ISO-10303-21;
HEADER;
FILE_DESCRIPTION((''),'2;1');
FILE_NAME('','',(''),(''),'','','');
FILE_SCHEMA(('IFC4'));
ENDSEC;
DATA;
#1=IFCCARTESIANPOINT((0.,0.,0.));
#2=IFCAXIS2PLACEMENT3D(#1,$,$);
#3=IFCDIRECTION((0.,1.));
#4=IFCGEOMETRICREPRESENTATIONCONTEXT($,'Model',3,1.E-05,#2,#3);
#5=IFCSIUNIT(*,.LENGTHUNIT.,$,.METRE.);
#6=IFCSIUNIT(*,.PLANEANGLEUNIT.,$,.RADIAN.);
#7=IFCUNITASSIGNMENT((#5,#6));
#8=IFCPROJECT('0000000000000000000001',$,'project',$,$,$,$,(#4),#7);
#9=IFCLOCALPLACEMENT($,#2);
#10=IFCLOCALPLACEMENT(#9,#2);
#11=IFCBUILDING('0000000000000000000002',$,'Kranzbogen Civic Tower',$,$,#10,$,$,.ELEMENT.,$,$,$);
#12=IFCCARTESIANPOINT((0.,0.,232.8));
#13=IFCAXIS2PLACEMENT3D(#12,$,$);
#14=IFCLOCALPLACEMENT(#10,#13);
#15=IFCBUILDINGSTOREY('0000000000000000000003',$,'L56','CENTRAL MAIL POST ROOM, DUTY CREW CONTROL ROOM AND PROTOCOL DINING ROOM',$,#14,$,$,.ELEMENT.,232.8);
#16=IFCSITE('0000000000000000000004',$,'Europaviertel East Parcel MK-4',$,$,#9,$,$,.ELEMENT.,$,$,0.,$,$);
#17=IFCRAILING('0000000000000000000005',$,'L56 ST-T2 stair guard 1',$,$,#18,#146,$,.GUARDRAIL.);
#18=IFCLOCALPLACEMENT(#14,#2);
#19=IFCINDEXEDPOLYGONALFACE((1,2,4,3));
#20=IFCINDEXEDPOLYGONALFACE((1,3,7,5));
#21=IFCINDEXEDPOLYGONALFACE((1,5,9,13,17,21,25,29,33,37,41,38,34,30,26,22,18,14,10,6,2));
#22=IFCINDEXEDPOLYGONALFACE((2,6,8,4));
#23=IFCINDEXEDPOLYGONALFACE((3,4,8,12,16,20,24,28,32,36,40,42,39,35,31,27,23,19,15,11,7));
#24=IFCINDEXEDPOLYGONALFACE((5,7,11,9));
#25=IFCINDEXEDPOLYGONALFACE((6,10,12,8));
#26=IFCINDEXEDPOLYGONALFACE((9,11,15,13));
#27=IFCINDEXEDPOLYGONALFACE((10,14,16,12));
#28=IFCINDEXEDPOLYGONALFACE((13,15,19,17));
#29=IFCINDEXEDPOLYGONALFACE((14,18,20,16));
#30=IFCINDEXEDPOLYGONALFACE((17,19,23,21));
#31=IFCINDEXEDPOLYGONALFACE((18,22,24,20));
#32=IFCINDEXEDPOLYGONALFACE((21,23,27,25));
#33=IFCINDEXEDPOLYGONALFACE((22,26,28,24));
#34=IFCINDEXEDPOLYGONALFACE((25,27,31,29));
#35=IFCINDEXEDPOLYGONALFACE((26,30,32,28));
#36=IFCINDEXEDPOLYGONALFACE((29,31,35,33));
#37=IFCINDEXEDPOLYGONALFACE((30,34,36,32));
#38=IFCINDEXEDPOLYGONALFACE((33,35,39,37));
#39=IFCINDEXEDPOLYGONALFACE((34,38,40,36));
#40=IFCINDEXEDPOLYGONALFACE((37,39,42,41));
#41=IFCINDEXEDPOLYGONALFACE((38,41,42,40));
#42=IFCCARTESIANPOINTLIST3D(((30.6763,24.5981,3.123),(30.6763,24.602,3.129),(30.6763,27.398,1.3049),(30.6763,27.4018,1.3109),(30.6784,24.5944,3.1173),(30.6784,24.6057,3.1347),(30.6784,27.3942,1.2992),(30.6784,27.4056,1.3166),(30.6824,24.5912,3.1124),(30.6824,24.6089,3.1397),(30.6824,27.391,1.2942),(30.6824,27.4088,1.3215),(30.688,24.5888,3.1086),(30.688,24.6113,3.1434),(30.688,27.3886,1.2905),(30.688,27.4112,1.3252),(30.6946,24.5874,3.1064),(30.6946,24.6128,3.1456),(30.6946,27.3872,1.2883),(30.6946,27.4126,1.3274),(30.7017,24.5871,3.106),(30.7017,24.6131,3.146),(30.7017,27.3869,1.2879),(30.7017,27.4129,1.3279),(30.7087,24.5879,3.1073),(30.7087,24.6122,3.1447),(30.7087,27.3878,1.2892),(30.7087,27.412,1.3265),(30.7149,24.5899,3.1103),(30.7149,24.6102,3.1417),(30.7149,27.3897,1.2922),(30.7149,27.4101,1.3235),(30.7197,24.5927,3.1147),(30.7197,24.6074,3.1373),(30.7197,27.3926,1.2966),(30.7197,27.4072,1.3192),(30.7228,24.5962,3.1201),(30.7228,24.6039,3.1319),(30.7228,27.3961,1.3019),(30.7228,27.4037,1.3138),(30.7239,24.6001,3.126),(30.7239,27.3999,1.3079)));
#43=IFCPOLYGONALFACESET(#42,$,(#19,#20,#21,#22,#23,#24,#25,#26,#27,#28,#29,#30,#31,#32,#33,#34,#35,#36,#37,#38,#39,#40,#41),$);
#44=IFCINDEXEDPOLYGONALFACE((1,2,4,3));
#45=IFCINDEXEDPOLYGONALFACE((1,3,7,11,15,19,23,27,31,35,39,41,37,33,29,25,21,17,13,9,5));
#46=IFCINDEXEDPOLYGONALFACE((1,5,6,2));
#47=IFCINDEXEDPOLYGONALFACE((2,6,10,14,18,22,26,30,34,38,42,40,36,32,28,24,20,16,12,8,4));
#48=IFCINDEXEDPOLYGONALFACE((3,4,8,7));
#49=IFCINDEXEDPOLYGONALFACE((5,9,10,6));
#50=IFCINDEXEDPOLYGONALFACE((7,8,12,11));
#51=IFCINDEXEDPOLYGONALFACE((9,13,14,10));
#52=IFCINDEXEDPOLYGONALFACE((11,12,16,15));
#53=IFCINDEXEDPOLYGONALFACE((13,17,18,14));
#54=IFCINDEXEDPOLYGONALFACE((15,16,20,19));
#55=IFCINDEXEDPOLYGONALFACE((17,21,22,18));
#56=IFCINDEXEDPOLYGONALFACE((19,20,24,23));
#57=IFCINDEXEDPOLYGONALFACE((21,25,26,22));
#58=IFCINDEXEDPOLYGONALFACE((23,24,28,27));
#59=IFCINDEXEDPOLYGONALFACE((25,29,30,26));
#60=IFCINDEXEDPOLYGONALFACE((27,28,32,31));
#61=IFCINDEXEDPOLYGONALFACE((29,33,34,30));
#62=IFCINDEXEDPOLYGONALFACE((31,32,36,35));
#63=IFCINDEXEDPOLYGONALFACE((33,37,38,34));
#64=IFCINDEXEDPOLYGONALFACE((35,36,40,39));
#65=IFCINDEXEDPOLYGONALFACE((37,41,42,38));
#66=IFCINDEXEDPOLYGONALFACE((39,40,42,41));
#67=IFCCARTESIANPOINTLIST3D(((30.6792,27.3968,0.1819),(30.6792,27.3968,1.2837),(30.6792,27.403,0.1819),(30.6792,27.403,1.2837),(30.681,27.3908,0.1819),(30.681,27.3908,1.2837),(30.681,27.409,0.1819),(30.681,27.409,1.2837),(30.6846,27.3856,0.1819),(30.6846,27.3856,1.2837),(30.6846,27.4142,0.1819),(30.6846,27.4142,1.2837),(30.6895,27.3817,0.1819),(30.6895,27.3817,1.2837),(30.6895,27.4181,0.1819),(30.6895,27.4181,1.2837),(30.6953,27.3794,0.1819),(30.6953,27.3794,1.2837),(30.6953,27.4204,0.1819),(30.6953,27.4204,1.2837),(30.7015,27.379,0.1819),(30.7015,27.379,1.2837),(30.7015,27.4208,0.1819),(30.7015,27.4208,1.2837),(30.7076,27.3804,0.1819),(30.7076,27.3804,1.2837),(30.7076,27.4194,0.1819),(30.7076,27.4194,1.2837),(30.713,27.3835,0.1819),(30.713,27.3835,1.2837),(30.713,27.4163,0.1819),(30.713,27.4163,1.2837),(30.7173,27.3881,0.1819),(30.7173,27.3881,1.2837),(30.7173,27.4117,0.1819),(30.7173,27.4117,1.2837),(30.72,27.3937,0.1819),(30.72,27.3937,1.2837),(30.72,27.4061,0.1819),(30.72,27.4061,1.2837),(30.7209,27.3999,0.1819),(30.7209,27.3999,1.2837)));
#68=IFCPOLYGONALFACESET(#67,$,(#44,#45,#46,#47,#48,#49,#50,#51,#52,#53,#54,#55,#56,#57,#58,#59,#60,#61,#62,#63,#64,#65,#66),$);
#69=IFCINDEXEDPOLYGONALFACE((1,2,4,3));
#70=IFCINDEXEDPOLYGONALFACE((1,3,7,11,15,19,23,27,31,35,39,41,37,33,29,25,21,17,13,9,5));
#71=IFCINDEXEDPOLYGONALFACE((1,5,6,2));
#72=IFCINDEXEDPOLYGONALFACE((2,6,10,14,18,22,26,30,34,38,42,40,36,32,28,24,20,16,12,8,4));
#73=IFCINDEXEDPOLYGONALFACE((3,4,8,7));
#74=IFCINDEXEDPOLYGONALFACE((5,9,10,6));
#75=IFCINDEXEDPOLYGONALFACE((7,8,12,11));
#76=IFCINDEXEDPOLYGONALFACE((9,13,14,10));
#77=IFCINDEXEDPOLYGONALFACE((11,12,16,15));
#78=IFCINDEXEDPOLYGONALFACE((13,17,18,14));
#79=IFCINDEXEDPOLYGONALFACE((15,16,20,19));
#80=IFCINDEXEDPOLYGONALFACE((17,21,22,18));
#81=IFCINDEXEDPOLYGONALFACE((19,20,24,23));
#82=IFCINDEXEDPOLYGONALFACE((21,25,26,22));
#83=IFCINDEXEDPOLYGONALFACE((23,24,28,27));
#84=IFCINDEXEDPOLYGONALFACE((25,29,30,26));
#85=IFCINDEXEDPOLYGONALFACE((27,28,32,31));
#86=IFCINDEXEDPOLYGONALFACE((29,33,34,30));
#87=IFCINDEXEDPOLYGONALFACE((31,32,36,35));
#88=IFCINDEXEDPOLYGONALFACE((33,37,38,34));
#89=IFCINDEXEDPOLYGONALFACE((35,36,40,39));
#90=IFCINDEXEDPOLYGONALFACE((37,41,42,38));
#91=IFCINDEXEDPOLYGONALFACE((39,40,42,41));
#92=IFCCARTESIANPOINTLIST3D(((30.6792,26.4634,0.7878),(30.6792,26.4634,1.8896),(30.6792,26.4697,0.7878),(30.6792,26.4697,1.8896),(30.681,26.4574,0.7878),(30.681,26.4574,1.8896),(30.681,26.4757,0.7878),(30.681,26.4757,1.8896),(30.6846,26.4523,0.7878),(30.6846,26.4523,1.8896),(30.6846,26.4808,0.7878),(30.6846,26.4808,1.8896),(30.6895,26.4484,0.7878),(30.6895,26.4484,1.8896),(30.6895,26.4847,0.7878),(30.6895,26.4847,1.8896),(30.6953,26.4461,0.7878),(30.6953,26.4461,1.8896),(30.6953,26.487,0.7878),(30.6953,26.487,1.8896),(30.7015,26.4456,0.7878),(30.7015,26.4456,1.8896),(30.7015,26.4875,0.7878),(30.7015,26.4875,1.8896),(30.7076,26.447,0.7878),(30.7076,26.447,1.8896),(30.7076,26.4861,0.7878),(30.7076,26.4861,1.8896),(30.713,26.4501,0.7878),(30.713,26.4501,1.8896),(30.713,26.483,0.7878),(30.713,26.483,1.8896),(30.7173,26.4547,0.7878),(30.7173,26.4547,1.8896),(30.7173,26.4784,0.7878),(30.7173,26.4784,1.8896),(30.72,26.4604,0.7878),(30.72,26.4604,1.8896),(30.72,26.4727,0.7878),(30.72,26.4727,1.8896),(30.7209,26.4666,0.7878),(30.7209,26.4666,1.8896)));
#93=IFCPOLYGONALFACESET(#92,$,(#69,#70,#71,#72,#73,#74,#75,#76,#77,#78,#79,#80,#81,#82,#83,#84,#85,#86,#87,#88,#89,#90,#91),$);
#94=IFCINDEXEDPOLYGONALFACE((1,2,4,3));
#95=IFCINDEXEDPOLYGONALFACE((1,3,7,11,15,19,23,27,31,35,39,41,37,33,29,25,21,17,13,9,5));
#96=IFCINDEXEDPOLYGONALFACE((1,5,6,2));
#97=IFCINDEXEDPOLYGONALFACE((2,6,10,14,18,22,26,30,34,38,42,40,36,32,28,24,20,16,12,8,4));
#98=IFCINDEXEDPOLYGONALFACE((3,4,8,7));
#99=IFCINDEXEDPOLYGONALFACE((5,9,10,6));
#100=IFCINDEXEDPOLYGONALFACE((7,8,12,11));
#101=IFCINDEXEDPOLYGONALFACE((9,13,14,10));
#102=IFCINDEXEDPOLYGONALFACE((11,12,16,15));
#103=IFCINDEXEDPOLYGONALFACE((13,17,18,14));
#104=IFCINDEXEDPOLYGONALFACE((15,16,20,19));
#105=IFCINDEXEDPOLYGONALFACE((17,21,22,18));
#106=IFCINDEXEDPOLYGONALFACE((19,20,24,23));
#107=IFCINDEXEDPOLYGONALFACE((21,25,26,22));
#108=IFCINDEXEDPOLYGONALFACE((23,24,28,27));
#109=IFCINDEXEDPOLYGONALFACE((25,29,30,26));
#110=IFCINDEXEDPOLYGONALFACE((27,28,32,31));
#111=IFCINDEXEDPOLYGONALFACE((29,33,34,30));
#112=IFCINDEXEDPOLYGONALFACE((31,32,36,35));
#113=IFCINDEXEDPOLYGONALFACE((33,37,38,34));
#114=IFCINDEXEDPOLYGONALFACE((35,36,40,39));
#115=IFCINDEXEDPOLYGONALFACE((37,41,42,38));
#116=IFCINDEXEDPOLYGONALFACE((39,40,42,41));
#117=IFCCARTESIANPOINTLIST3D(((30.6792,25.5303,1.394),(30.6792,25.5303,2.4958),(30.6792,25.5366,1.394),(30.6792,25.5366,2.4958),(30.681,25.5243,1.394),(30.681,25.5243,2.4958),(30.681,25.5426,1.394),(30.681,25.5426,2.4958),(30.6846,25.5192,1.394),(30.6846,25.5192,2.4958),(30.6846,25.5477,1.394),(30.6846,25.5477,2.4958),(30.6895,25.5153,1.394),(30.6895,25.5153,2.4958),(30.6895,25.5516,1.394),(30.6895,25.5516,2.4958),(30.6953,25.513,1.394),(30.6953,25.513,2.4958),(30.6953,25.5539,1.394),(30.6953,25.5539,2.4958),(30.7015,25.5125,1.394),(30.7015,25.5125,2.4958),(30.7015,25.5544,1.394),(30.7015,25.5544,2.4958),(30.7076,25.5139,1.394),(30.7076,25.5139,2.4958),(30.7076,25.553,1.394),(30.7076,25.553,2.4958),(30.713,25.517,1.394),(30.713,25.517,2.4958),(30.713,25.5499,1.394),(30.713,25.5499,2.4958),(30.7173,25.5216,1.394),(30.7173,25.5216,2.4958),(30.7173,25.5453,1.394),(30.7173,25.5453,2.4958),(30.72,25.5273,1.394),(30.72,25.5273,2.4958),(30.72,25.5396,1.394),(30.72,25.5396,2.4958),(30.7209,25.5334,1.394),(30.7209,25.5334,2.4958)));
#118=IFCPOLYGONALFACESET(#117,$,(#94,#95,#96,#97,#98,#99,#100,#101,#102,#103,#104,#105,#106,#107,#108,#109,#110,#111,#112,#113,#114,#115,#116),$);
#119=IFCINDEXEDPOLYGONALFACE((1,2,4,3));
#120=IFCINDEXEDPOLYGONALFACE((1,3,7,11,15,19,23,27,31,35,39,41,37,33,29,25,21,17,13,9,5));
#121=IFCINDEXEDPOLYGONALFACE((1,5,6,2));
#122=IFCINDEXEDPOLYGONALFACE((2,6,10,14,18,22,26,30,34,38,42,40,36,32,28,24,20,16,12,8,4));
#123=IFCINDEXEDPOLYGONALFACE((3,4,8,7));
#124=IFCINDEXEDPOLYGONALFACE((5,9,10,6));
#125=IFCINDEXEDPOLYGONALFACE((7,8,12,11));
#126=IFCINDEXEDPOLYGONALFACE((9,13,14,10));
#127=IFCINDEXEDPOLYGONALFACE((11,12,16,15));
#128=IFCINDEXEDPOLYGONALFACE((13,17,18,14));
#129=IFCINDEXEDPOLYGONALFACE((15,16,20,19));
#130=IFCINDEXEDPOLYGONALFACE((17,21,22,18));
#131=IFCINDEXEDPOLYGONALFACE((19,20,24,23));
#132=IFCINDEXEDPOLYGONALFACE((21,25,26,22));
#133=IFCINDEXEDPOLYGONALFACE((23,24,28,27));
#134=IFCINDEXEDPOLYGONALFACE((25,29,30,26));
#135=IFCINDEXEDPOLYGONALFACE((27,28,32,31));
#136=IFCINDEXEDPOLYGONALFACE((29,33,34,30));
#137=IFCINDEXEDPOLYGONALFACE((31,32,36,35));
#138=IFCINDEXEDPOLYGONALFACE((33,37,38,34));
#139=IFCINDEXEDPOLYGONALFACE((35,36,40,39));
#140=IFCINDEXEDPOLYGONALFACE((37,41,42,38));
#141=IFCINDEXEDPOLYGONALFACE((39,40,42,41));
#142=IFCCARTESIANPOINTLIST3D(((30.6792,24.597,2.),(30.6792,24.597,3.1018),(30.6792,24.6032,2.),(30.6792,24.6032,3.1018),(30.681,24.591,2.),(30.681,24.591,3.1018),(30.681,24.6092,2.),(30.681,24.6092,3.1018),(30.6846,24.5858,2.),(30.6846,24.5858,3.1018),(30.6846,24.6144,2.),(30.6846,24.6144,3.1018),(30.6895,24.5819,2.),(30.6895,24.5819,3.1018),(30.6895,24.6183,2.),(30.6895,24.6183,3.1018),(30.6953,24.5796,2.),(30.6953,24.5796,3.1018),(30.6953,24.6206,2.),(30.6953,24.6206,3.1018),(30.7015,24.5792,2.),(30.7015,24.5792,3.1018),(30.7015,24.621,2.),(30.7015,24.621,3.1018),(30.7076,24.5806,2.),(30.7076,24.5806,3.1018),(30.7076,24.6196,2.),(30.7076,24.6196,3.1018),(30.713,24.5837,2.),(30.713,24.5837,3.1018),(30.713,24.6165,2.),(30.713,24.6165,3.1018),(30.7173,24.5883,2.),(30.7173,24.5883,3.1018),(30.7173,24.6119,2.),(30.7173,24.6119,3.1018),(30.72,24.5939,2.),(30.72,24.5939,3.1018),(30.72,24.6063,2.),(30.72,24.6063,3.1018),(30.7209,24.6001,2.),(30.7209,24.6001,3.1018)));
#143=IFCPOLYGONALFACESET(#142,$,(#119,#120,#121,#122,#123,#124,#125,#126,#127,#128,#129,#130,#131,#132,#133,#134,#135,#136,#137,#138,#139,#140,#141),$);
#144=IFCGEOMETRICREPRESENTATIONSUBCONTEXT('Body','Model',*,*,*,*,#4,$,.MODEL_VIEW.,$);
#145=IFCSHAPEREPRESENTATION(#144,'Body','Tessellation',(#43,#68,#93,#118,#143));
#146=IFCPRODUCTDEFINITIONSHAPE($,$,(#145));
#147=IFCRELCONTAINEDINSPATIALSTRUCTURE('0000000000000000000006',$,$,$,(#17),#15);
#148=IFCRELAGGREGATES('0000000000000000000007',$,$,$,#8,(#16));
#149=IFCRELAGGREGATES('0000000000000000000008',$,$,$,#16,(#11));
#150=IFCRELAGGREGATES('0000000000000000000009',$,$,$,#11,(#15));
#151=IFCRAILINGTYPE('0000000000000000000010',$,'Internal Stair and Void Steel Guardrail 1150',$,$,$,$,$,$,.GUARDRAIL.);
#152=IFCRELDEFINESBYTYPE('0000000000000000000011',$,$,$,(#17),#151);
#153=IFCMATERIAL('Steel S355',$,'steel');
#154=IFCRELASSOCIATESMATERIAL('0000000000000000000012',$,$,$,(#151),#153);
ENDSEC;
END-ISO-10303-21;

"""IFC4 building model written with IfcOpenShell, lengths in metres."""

from ifc_helpers import new_model, si_unit, direction, frame, origin, origin_2d, place, context, subcontext, project, spatial, circle, extrude, material, type_object, element, save


model = new_model("IFC4")

# Units and contexts
model_context = context("Model", 3, precision=1e-05, world=origin(), true_north=direction((0.0, 1.0)))
body_context = subcontext(model_context, "Body", "Model", "MODEL_VIEW")
ifc_project = project(units=[si_unit("LENGTHUNIT", "METRE"), si_unit("PLANEANGLEUNIT", "RADIAN")], contexts=[model_context])

# Site, building, storey
site_placement = place(None, origin())
site = spatial("IfcSite", under=ifc_project, at=site_placement, Name="Europaviertel East Parcel MK-4", CompositionType="ELEMENT", RefElevation=0.0)
building_placement = place(site_placement, origin())
building = spatial("IfcBuilding", under=site, at=building_placement, Name="Kranzbogen Civic Tower", CompositionType="ELEMENT")
storey_placement = place(building_placement, frame((0.0, 0.0, 232.8)))
storey = spatial("IfcBuildingStorey", under=building, at=storey_placement, Name="L56", Description="CENTRAL MAIL POST ROOM, DUTY CREW CONTROL ROOM AND PROTOCOL DINING ROOM", CompositionType="ELEMENT", Elevation=232.8)

# Shared definitions
ifc_material_1 = material(Name="Steel S355", Category="steel")

# Railing
railing_type_1 = type_object("IfcRailingType", Name="Internal Stair and Void Steel Guardrail 1150", PredefinedType="GUARDRAIL", material=ifc_material_1)
railing_1_placement = place(storey_placement, frame((30.7, 27.3999, 0.1819)))
element("IfcRailing", 1, at=railing_1_placement, inside=storey, type_object=railing_type_1, Name="L56 ST-T2 stair guard 1", PredefinedType="GUARDRAIL", context=body_context, shape_type="SweptSolid", body=[
    extrude(circle(Radius=0.0239, at=origin_2d()), frame((0.0, 0.0, 1.126), z_axis=(0.0, -0.838684, 0.544618), x_axis=(1.0, 0.0, 0.0)), (0.0, 0.0, 1.0), 3.3384),
    extrude(circle(Radius=0.021, at=origin_2d()), origin(), (0.0, 0.0, 1.0), 1.1018),
    extrude(circle(Radius=0.021, at=origin_2d()), frame((0.0, -0.9333, 0.606)), (0.0, 0.0, 1.0), 1.1018),
    extrude(circle(Radius=0.021, at=origin_2d()), frame((0.0, -1.8665, 1.2122)), (0.0, 0.0, 1.0), 1.1018),
    extrude(circle(Radius=0.021, at=origin_2d()), frame((0.0, -2.7998, 1.8181)), (0.0, 0.0, 1.0), 1.1018),
])

save(model, "model.ifc")
